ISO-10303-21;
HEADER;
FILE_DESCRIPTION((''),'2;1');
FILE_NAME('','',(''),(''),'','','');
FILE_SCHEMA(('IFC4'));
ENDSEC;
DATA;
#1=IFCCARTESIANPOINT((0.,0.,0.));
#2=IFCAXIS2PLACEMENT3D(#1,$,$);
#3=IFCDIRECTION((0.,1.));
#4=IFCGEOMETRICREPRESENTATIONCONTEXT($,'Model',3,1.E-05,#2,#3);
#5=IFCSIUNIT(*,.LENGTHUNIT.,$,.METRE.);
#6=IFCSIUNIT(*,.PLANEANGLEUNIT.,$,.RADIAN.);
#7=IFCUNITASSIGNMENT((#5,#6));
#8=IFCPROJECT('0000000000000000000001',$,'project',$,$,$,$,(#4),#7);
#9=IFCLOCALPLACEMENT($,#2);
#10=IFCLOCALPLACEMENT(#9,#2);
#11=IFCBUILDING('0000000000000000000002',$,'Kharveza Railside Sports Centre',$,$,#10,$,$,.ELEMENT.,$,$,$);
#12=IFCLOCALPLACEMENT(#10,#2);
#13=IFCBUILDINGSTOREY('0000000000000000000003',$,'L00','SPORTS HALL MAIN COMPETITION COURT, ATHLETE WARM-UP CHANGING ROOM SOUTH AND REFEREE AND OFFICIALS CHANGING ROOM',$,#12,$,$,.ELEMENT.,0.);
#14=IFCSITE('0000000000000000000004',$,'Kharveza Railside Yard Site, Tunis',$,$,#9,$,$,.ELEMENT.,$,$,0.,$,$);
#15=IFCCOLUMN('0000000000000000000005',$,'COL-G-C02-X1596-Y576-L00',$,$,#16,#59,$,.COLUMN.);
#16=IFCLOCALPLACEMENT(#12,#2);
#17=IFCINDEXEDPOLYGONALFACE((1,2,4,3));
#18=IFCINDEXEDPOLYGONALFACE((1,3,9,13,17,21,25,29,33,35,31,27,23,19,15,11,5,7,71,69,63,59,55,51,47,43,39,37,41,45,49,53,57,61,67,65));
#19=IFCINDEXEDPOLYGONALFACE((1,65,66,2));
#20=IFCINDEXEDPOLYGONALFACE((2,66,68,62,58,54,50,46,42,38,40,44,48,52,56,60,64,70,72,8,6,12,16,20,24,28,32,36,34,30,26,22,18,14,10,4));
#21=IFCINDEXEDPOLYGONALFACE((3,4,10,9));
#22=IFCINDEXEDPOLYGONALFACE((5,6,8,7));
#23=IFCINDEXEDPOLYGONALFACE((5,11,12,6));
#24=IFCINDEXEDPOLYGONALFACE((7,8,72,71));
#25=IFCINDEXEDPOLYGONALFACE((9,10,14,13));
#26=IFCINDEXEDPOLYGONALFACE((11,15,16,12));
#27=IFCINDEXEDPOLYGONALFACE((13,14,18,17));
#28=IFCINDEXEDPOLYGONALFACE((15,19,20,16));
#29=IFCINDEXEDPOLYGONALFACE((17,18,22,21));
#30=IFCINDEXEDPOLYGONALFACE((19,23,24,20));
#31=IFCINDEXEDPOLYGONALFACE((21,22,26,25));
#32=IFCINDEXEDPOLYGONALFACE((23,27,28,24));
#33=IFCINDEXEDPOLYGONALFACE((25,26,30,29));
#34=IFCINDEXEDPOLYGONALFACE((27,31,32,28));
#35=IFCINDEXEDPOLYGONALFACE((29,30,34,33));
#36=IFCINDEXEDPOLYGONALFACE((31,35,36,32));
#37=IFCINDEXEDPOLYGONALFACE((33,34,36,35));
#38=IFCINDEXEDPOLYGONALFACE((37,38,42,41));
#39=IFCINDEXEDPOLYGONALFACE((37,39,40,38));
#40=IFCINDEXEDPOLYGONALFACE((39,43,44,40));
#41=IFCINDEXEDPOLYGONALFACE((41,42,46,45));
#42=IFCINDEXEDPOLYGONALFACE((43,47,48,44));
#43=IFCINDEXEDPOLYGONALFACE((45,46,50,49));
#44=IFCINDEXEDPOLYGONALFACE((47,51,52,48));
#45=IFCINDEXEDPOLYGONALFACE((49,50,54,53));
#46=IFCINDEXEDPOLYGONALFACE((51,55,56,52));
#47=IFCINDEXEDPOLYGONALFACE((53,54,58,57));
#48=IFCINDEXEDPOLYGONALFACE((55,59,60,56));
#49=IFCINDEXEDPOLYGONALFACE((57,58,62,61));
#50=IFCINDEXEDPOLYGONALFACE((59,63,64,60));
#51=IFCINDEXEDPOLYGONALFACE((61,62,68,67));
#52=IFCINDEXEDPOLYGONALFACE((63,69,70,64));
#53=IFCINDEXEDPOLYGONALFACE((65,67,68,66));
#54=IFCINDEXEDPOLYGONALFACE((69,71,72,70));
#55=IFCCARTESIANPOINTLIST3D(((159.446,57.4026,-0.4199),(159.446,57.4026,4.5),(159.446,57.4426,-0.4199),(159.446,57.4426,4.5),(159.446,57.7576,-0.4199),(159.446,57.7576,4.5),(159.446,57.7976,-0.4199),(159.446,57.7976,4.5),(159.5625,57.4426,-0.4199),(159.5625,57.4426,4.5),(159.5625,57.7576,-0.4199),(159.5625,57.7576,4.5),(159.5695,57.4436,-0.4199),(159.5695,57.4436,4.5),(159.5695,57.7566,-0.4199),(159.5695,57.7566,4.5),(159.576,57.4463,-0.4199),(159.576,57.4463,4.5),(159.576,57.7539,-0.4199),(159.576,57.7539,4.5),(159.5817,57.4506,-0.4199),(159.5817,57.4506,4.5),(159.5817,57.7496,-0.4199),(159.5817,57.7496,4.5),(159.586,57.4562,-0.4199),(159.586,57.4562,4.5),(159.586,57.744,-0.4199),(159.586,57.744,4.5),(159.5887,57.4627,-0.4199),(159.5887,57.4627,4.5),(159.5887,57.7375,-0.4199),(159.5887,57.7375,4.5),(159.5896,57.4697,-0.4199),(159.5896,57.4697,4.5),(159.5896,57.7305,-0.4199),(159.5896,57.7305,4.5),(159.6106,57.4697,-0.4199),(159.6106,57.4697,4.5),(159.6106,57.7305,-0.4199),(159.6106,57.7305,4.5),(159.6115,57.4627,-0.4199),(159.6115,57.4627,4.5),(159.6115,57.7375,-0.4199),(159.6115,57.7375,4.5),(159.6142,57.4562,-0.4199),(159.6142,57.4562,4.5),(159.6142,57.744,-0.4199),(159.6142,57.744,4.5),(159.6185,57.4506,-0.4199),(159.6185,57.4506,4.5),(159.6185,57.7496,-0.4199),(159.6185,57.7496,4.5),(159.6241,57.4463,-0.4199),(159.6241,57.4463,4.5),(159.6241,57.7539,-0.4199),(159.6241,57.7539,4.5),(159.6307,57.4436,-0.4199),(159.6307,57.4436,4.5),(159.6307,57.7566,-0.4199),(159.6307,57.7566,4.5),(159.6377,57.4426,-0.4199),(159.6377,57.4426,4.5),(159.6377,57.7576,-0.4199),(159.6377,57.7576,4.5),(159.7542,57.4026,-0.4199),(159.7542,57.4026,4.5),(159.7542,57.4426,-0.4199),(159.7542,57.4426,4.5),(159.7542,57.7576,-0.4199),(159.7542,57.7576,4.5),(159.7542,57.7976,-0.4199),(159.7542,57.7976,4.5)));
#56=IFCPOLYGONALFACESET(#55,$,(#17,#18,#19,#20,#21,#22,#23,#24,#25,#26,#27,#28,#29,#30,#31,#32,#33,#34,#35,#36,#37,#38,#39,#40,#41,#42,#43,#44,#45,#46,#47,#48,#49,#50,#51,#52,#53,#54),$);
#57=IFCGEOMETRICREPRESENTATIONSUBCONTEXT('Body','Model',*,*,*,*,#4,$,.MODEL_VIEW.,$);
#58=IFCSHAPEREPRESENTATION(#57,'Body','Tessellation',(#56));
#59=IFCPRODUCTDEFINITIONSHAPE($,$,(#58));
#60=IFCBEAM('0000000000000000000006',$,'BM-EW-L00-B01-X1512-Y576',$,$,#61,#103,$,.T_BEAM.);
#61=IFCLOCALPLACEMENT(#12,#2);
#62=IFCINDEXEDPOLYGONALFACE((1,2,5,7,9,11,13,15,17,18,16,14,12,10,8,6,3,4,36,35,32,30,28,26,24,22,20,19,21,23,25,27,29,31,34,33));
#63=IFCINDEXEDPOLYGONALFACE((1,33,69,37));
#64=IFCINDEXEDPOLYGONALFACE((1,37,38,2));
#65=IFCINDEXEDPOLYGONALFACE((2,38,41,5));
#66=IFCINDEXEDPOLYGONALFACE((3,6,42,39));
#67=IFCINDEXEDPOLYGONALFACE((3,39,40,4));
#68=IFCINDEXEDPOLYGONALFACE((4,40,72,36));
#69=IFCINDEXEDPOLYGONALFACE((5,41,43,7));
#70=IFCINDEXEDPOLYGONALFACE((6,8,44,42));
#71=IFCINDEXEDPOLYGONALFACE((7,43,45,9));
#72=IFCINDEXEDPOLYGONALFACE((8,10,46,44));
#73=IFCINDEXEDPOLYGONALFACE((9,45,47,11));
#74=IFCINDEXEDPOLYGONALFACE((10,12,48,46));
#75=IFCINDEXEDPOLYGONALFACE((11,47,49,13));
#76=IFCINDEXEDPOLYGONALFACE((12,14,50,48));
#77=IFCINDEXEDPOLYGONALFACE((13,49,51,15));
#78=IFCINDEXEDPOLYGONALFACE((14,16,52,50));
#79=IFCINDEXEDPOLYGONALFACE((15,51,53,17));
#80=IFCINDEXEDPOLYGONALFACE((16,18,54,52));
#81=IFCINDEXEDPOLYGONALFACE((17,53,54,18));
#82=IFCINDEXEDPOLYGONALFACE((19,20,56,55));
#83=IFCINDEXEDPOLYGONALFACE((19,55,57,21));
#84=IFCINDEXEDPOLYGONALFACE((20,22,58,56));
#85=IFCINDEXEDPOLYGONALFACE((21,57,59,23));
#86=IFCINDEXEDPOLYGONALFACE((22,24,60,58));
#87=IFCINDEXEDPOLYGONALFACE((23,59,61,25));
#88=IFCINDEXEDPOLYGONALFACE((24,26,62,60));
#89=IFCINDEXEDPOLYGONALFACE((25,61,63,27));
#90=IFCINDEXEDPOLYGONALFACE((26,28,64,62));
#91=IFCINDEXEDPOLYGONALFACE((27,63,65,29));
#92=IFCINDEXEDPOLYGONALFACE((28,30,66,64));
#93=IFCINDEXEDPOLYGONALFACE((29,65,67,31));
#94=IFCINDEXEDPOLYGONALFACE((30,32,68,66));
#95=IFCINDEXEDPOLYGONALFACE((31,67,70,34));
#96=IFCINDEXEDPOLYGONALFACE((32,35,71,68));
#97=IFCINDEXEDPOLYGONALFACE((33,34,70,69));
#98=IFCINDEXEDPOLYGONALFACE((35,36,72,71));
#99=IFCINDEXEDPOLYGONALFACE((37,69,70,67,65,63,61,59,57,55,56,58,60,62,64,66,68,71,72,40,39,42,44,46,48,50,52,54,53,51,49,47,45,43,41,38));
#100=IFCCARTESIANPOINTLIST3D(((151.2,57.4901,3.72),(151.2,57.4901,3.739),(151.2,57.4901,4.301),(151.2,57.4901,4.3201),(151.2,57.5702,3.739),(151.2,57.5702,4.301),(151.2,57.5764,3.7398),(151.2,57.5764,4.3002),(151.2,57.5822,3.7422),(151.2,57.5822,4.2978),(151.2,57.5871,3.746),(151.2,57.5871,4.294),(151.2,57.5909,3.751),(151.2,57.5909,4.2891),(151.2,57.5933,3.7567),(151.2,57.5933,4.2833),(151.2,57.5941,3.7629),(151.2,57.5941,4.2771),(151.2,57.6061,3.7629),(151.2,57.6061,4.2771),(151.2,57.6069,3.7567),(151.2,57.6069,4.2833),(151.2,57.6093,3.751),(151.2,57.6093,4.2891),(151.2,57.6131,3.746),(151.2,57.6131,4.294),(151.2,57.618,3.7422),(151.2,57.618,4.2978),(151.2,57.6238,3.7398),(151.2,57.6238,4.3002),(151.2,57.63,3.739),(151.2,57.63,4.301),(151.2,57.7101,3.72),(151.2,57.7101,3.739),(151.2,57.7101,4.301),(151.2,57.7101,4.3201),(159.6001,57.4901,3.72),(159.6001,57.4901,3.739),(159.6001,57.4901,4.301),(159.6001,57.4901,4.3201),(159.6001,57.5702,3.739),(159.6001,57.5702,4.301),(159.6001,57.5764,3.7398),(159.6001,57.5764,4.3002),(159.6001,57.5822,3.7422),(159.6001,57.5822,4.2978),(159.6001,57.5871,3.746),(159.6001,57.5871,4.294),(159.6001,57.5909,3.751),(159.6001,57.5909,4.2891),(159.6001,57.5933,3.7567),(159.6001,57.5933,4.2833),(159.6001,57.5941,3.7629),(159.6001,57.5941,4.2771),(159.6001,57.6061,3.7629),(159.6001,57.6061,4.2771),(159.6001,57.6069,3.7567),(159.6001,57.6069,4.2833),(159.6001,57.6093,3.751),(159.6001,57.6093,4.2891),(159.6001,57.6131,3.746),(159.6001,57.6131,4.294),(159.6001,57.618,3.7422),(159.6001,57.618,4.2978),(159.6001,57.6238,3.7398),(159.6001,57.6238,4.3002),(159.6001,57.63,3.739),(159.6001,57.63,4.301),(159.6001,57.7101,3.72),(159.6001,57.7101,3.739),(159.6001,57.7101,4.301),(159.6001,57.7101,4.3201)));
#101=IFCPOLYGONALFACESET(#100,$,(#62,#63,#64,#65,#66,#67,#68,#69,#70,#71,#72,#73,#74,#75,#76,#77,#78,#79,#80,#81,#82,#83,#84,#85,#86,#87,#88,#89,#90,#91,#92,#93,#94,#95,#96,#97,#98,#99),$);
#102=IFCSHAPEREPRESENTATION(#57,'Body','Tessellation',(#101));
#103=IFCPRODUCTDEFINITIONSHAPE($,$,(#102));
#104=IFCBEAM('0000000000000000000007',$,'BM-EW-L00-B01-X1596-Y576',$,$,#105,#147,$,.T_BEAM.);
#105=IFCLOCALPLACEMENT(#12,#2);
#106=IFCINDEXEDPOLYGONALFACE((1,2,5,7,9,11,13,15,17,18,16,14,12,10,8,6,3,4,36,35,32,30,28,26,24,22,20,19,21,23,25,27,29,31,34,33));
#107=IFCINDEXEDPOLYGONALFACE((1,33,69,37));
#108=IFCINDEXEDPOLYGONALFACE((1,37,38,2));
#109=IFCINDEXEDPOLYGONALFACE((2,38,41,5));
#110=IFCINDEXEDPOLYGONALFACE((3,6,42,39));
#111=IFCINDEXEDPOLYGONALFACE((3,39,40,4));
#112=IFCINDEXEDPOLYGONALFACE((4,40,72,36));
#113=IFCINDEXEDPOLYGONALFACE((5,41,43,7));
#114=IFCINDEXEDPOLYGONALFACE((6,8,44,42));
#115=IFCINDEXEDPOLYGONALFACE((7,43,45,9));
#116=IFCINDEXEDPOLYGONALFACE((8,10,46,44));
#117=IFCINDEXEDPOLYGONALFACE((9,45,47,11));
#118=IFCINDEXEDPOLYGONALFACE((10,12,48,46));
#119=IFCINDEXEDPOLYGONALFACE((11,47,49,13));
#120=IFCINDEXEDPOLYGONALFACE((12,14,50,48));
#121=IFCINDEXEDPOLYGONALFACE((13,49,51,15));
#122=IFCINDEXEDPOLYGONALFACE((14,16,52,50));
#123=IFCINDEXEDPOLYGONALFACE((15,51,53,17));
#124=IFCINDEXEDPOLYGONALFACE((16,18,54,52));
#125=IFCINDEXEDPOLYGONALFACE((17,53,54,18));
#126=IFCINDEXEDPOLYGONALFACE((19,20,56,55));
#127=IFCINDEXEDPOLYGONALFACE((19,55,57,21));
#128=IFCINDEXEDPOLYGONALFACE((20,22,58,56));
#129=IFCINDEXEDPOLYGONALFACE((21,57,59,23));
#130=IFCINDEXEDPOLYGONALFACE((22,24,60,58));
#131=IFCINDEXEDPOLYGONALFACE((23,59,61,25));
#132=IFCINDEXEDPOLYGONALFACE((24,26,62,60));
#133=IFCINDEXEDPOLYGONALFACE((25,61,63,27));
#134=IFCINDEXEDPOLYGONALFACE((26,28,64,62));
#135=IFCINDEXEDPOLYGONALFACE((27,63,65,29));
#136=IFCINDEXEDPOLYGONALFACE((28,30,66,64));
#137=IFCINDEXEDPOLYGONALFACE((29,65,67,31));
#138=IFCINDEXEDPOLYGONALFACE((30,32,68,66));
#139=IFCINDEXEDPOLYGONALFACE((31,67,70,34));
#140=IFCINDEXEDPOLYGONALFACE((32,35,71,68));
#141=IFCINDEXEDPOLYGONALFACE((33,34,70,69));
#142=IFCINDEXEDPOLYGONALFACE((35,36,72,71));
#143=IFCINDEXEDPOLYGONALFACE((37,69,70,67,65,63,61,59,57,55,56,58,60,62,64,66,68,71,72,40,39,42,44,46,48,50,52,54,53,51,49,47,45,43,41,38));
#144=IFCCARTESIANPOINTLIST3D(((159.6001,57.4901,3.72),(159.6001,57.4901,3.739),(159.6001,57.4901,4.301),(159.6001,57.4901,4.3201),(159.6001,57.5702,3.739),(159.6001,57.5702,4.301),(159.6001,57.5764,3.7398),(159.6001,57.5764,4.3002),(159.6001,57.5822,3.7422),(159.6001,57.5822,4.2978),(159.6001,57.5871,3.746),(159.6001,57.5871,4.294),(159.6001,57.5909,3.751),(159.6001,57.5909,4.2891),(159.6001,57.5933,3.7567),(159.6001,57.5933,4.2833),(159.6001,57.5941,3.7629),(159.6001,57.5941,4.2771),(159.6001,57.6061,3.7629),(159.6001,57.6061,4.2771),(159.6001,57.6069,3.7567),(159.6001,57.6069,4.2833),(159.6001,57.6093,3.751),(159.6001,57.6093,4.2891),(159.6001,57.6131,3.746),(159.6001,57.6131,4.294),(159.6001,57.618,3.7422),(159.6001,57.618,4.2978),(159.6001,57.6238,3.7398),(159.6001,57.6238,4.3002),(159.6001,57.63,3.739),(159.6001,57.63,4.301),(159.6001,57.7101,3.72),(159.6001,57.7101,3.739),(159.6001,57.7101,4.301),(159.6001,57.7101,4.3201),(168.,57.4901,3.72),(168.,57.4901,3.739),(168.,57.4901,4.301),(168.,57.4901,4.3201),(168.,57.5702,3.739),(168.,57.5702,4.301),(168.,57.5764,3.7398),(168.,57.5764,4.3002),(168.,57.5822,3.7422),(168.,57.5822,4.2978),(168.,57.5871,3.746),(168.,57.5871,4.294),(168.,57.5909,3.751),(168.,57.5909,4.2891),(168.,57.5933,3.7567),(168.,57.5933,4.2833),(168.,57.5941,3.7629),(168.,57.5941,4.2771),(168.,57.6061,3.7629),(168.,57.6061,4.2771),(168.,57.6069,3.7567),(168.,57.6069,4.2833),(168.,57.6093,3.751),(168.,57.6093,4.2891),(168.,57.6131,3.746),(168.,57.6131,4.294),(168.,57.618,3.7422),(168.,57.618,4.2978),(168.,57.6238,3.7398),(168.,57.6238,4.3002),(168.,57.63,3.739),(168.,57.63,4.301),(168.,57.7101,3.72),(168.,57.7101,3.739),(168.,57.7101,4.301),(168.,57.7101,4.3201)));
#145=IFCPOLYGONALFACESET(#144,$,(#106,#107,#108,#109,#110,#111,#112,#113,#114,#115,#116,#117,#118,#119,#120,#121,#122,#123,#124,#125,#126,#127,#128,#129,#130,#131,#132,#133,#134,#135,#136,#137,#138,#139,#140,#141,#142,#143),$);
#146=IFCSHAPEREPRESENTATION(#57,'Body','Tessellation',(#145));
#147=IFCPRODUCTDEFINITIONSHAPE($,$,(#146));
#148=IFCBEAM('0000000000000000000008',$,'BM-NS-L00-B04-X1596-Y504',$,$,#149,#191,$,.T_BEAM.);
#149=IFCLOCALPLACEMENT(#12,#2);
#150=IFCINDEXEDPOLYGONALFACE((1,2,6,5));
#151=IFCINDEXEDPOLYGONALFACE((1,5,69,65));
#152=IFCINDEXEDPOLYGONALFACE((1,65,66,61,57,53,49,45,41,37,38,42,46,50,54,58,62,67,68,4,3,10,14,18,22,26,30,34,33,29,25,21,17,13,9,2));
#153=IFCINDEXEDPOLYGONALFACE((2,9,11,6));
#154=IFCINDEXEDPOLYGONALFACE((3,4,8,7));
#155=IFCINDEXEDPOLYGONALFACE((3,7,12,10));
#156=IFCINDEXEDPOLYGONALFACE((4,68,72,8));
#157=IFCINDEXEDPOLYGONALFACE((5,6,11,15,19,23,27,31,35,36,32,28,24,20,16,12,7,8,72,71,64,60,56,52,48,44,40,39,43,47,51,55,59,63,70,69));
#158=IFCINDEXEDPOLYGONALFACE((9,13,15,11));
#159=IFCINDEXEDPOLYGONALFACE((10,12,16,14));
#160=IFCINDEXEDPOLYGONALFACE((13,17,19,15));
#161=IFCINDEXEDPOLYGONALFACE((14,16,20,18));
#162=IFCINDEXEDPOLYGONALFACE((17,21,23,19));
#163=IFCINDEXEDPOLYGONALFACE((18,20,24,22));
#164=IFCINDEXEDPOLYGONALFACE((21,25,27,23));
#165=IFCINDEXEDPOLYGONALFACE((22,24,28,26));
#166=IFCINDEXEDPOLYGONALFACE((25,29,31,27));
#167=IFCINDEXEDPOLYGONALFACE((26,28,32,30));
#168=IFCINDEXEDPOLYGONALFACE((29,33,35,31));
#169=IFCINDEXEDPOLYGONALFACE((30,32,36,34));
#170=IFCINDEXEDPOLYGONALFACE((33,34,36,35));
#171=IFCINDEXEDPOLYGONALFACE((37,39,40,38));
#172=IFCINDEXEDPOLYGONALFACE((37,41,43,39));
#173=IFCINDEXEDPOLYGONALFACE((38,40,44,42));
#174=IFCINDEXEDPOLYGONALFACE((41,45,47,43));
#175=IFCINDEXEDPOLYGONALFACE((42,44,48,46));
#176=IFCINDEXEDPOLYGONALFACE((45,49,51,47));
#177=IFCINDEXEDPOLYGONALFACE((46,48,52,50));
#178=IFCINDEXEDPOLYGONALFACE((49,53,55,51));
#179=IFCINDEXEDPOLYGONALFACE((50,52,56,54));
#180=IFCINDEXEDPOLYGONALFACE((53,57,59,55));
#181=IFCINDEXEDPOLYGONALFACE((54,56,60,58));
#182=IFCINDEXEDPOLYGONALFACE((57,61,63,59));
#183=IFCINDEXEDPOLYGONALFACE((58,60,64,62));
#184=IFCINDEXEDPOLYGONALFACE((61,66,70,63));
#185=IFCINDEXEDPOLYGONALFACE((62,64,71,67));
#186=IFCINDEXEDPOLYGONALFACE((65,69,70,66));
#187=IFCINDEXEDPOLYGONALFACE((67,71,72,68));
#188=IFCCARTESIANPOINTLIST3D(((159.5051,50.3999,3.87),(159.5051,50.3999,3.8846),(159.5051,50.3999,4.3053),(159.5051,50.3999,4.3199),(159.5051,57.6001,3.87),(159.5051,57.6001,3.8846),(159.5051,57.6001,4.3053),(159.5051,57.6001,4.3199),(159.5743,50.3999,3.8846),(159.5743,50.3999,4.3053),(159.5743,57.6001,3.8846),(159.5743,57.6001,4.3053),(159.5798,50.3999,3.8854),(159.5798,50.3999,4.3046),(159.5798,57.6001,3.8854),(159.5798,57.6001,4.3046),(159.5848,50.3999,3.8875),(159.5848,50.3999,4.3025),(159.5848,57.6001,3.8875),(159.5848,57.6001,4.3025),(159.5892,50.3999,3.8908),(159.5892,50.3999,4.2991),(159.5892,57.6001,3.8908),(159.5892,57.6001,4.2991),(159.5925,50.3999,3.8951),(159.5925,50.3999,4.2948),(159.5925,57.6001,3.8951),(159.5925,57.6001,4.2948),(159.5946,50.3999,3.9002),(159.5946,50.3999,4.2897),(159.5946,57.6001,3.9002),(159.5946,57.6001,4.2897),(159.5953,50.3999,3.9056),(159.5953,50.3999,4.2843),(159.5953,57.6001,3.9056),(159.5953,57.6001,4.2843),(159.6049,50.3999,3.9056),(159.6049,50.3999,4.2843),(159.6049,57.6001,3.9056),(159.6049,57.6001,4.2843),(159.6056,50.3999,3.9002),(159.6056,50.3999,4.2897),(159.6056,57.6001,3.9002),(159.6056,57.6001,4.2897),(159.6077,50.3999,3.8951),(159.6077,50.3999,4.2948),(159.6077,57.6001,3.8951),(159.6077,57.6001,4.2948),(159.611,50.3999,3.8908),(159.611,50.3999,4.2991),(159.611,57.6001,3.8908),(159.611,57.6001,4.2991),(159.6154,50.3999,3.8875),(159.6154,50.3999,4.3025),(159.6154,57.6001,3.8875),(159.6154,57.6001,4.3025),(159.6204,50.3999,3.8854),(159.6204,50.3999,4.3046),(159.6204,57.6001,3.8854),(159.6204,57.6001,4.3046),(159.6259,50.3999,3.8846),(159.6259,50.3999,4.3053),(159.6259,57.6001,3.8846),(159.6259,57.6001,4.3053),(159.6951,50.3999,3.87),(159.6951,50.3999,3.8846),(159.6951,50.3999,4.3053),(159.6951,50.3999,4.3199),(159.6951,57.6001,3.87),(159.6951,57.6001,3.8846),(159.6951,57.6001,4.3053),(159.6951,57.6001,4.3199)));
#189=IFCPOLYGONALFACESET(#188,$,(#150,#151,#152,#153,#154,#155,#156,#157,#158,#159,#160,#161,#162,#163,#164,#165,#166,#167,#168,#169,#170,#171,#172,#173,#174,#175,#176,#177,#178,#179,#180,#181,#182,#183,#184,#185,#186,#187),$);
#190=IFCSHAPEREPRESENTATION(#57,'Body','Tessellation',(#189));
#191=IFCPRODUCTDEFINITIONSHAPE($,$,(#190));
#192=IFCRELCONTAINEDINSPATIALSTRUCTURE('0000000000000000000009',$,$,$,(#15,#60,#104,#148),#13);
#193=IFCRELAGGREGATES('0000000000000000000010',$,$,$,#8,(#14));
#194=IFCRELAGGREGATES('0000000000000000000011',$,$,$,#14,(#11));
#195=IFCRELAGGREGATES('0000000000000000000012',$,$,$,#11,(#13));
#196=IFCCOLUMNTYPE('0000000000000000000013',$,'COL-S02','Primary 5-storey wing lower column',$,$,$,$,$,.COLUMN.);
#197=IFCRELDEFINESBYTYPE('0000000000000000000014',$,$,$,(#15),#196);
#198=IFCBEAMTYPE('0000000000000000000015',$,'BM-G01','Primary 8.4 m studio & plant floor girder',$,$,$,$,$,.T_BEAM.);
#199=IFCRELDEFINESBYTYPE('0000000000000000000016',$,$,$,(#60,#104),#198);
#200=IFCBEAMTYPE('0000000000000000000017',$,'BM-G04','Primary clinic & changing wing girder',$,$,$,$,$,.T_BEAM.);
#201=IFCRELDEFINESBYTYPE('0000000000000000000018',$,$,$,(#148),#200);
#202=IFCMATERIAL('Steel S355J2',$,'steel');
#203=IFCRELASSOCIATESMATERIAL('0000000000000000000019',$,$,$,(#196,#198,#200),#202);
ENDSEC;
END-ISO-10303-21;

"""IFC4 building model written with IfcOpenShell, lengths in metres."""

from ifc_helpers import new_model, si_unit, direction, frame, origin, origin_2d, place, context, subcontext, project, spatial, i_section, extrude, material, material_profile, profile_set, type_object, element, save


model = new_model("IFC4")

# Units and contexts
model_context = context("Model", 3, precision=1e-05, world=origin(), true_north=direction((0.0, 1.0)))
body_context = subcontext(model_context, "Body", "Model", "MODEL_VIEW")
ifc_project = project(units=[si_unit("LENGTHUNIT", "METRE"), si_unit("PLANEANGLEUNIT", "RADIAN")], contexts=[model_context])

# Site, building, storey
site_placement = place(None, origin())
site = spatial("IfcSite", under=ifc_project, at=site_placement, Name="Kharveza Railside Yard Site, Tunis", CompositionType="ELEMENT", RefElevation=0.0)
building_placement = place(site_placement, origin())
building = spatial("IfcBuilding", under=site, at=building_placement, Name="Kharveza Railside Sports Centre", CompositionType="ELEMENT")
storey_placement = place(building_placement, origin())
storey = spatial("IfcBuildingStorey", under=building, at=storey_placement, Name="L00", Description="SPORTS HALL MAIN COMPETITION COURT, ATHLETE WARM-UP CHANGING ROOM SOUTH AND REFEREE AND OFFICIALS CHANGING ROOM", CompositionType="ELEMENT", Elevation=0.0)

# Column
ifc_material_1 = material(Name="Steel S355J2", Category="steel")
ifc_material_profile_1 = material_profile(ifc_material_1, i_section(OverallWidth=0.3081, OverallDepth=0.395, WebThickness=0.021, FlangeThickness=0.04, FilletRadius=0.0271, at=origin_2d()), Name="HEM 360")
ifc_profile_set_1 = profile_set([ifc_material_profile_1], Name="Steel S355J2")
column_type = type_object("IfcColumnType", Name="COL-S02", Description="Primary 5-storey wing lower column", PredefinedType="COLUMN", material=ifc_profile_set_1)
for number, where, z_axis, x_axis, name in (
    (1, (159.6001, 57.6001, -0.4199), (0.0, 0.0, 1.0), (1.0, 0.0, 0.0), "COL-G-C02-X1596-Y576-L00"),
):
    element("IfcColumn", number, at=place(storey_placement, frame(where, z_axis=z_axis, x_axis=x_axis)), inside=storey, type_object=column_type, Name=name, PredefinedType="COLUMN", context=body_context, shape_type="SweptSolid", body=[
        extrude(i_section(OverallWidth=0.3081, OverallDepth=0.395, WebThickness=0.021, FlangeThickness=0.04, FilletRadius=0.0271, at=origin_2d()), origin(), (0.0, 0.0, 1.0), 4.9199),
    ])

# Beams
ifc_material_profile_2 = material_profile(ifc_material_1, i_section(OverallWidth=0.22, OverallDepth=0.6001, WebThickness=0.012, FlangeThickness=0.019, FilletRadius=0.0239, at=origin_2d()), Name="IPE 600")
ifc_profile_set_2 = profile_set([ifc_material_profile_2], Name="Steel S355J2")
beam_type_1 = type_object("IfcBeamType", Name="BM-G01", Description="Primary 8.4 m studio & plant floor girder", PredefinedType="T_BEAM", material=ifc_profile_set_2)
beam_1_placement = place(storey_placement, frame((151.2, 57.6001, 4.02), z_axis=(1.0, 0.0, 0.0), x_axis=(0.0, 1.0, 0.0)))
element("IfcBeam", 2, at=beam_1_placement, inside=storey, type_object=beam_type_1, Name="BM-EW-L00-B01-X1512-Y576", PredefinedType="T_BEAM", context=body_context, shape_type="SweptSolid", body=[
    extrude(i_section(OverallWidth=0.22, OverallDepth=0.6001, WebThickness=0.012, FlangeThickness=0.019, FilletRadius=0.0239, at=origin_2d()), origin(), (0.0, 0.0, 1.0), 8.4001),
])
beam_2_placement = place(storey_placement, frame((159.6001, 57.6001, 4.02), z_axis=(1.0, 0.0, 0.0), x_axis=(0.0, 1.0, 0.0)))
element("IfcBeam", 3, at=beam_2_placement, inside=storey, type_object=beam_type_1, Name="BM-EW-L00-B01-X1596-Y576", PredefinedType="T_BEAM", context=body_context, shape_type="SweptSolid", body=[
    extrude(i_section(OverallWidth=0.22, OverallDepth=0.6001, WebThickness=0.012, FlangeThickness=0.019, FilletRadius=0.0239, at=origin_2d()), origin(), (0.0, 0.0, 1.0), 8.3999),
])
ifc_material_profile_3 = material_profile(ifc_material_1, i_section(OverallWidth=0.1899, OverallDepth=0.45, WebThickness=0.0095, FlangeThickness=0.0146, FilletRadius=0.021, at=origin_2d()), Name="IPE 450")
ifc_profile_set_3 = profile_set([ifc_material_profile_3], Name="Steel S355J2")
beam_type_2 = type_object("IfcBeamType", Name="BM-G04", Description="Primary clinic & changing wing girder", PredefinedType="T_BEAM", material=ifc_profile_set_3)
beam_3_placement = place(storey_placement, frame((159.6001, 50.3999, 4.095), z_axis=(0.0, 1.0, 0.0), x_axis=(-1.0, 0.0, 0.0)))
element("IfcBeam", 4, at=beam_3_placement, inside=storey, type_object=beam_type_2, Name="BM-NS-L00-B04-X1596-Y504", PredefinedType="T_BEAM", context=body_context, shape_type="SweptSolid", body=[
    extrude(i_section(OverallWidth=0.1899, OverallDepth=0.45, WebThickness=0.0095, FlangeThickness=0.0146, FilletRadius=0.021, at=origin_2d()), origin(), (0.0, 0.0, 1.0), 7.2002),
])

save(model, "model.ifc")
